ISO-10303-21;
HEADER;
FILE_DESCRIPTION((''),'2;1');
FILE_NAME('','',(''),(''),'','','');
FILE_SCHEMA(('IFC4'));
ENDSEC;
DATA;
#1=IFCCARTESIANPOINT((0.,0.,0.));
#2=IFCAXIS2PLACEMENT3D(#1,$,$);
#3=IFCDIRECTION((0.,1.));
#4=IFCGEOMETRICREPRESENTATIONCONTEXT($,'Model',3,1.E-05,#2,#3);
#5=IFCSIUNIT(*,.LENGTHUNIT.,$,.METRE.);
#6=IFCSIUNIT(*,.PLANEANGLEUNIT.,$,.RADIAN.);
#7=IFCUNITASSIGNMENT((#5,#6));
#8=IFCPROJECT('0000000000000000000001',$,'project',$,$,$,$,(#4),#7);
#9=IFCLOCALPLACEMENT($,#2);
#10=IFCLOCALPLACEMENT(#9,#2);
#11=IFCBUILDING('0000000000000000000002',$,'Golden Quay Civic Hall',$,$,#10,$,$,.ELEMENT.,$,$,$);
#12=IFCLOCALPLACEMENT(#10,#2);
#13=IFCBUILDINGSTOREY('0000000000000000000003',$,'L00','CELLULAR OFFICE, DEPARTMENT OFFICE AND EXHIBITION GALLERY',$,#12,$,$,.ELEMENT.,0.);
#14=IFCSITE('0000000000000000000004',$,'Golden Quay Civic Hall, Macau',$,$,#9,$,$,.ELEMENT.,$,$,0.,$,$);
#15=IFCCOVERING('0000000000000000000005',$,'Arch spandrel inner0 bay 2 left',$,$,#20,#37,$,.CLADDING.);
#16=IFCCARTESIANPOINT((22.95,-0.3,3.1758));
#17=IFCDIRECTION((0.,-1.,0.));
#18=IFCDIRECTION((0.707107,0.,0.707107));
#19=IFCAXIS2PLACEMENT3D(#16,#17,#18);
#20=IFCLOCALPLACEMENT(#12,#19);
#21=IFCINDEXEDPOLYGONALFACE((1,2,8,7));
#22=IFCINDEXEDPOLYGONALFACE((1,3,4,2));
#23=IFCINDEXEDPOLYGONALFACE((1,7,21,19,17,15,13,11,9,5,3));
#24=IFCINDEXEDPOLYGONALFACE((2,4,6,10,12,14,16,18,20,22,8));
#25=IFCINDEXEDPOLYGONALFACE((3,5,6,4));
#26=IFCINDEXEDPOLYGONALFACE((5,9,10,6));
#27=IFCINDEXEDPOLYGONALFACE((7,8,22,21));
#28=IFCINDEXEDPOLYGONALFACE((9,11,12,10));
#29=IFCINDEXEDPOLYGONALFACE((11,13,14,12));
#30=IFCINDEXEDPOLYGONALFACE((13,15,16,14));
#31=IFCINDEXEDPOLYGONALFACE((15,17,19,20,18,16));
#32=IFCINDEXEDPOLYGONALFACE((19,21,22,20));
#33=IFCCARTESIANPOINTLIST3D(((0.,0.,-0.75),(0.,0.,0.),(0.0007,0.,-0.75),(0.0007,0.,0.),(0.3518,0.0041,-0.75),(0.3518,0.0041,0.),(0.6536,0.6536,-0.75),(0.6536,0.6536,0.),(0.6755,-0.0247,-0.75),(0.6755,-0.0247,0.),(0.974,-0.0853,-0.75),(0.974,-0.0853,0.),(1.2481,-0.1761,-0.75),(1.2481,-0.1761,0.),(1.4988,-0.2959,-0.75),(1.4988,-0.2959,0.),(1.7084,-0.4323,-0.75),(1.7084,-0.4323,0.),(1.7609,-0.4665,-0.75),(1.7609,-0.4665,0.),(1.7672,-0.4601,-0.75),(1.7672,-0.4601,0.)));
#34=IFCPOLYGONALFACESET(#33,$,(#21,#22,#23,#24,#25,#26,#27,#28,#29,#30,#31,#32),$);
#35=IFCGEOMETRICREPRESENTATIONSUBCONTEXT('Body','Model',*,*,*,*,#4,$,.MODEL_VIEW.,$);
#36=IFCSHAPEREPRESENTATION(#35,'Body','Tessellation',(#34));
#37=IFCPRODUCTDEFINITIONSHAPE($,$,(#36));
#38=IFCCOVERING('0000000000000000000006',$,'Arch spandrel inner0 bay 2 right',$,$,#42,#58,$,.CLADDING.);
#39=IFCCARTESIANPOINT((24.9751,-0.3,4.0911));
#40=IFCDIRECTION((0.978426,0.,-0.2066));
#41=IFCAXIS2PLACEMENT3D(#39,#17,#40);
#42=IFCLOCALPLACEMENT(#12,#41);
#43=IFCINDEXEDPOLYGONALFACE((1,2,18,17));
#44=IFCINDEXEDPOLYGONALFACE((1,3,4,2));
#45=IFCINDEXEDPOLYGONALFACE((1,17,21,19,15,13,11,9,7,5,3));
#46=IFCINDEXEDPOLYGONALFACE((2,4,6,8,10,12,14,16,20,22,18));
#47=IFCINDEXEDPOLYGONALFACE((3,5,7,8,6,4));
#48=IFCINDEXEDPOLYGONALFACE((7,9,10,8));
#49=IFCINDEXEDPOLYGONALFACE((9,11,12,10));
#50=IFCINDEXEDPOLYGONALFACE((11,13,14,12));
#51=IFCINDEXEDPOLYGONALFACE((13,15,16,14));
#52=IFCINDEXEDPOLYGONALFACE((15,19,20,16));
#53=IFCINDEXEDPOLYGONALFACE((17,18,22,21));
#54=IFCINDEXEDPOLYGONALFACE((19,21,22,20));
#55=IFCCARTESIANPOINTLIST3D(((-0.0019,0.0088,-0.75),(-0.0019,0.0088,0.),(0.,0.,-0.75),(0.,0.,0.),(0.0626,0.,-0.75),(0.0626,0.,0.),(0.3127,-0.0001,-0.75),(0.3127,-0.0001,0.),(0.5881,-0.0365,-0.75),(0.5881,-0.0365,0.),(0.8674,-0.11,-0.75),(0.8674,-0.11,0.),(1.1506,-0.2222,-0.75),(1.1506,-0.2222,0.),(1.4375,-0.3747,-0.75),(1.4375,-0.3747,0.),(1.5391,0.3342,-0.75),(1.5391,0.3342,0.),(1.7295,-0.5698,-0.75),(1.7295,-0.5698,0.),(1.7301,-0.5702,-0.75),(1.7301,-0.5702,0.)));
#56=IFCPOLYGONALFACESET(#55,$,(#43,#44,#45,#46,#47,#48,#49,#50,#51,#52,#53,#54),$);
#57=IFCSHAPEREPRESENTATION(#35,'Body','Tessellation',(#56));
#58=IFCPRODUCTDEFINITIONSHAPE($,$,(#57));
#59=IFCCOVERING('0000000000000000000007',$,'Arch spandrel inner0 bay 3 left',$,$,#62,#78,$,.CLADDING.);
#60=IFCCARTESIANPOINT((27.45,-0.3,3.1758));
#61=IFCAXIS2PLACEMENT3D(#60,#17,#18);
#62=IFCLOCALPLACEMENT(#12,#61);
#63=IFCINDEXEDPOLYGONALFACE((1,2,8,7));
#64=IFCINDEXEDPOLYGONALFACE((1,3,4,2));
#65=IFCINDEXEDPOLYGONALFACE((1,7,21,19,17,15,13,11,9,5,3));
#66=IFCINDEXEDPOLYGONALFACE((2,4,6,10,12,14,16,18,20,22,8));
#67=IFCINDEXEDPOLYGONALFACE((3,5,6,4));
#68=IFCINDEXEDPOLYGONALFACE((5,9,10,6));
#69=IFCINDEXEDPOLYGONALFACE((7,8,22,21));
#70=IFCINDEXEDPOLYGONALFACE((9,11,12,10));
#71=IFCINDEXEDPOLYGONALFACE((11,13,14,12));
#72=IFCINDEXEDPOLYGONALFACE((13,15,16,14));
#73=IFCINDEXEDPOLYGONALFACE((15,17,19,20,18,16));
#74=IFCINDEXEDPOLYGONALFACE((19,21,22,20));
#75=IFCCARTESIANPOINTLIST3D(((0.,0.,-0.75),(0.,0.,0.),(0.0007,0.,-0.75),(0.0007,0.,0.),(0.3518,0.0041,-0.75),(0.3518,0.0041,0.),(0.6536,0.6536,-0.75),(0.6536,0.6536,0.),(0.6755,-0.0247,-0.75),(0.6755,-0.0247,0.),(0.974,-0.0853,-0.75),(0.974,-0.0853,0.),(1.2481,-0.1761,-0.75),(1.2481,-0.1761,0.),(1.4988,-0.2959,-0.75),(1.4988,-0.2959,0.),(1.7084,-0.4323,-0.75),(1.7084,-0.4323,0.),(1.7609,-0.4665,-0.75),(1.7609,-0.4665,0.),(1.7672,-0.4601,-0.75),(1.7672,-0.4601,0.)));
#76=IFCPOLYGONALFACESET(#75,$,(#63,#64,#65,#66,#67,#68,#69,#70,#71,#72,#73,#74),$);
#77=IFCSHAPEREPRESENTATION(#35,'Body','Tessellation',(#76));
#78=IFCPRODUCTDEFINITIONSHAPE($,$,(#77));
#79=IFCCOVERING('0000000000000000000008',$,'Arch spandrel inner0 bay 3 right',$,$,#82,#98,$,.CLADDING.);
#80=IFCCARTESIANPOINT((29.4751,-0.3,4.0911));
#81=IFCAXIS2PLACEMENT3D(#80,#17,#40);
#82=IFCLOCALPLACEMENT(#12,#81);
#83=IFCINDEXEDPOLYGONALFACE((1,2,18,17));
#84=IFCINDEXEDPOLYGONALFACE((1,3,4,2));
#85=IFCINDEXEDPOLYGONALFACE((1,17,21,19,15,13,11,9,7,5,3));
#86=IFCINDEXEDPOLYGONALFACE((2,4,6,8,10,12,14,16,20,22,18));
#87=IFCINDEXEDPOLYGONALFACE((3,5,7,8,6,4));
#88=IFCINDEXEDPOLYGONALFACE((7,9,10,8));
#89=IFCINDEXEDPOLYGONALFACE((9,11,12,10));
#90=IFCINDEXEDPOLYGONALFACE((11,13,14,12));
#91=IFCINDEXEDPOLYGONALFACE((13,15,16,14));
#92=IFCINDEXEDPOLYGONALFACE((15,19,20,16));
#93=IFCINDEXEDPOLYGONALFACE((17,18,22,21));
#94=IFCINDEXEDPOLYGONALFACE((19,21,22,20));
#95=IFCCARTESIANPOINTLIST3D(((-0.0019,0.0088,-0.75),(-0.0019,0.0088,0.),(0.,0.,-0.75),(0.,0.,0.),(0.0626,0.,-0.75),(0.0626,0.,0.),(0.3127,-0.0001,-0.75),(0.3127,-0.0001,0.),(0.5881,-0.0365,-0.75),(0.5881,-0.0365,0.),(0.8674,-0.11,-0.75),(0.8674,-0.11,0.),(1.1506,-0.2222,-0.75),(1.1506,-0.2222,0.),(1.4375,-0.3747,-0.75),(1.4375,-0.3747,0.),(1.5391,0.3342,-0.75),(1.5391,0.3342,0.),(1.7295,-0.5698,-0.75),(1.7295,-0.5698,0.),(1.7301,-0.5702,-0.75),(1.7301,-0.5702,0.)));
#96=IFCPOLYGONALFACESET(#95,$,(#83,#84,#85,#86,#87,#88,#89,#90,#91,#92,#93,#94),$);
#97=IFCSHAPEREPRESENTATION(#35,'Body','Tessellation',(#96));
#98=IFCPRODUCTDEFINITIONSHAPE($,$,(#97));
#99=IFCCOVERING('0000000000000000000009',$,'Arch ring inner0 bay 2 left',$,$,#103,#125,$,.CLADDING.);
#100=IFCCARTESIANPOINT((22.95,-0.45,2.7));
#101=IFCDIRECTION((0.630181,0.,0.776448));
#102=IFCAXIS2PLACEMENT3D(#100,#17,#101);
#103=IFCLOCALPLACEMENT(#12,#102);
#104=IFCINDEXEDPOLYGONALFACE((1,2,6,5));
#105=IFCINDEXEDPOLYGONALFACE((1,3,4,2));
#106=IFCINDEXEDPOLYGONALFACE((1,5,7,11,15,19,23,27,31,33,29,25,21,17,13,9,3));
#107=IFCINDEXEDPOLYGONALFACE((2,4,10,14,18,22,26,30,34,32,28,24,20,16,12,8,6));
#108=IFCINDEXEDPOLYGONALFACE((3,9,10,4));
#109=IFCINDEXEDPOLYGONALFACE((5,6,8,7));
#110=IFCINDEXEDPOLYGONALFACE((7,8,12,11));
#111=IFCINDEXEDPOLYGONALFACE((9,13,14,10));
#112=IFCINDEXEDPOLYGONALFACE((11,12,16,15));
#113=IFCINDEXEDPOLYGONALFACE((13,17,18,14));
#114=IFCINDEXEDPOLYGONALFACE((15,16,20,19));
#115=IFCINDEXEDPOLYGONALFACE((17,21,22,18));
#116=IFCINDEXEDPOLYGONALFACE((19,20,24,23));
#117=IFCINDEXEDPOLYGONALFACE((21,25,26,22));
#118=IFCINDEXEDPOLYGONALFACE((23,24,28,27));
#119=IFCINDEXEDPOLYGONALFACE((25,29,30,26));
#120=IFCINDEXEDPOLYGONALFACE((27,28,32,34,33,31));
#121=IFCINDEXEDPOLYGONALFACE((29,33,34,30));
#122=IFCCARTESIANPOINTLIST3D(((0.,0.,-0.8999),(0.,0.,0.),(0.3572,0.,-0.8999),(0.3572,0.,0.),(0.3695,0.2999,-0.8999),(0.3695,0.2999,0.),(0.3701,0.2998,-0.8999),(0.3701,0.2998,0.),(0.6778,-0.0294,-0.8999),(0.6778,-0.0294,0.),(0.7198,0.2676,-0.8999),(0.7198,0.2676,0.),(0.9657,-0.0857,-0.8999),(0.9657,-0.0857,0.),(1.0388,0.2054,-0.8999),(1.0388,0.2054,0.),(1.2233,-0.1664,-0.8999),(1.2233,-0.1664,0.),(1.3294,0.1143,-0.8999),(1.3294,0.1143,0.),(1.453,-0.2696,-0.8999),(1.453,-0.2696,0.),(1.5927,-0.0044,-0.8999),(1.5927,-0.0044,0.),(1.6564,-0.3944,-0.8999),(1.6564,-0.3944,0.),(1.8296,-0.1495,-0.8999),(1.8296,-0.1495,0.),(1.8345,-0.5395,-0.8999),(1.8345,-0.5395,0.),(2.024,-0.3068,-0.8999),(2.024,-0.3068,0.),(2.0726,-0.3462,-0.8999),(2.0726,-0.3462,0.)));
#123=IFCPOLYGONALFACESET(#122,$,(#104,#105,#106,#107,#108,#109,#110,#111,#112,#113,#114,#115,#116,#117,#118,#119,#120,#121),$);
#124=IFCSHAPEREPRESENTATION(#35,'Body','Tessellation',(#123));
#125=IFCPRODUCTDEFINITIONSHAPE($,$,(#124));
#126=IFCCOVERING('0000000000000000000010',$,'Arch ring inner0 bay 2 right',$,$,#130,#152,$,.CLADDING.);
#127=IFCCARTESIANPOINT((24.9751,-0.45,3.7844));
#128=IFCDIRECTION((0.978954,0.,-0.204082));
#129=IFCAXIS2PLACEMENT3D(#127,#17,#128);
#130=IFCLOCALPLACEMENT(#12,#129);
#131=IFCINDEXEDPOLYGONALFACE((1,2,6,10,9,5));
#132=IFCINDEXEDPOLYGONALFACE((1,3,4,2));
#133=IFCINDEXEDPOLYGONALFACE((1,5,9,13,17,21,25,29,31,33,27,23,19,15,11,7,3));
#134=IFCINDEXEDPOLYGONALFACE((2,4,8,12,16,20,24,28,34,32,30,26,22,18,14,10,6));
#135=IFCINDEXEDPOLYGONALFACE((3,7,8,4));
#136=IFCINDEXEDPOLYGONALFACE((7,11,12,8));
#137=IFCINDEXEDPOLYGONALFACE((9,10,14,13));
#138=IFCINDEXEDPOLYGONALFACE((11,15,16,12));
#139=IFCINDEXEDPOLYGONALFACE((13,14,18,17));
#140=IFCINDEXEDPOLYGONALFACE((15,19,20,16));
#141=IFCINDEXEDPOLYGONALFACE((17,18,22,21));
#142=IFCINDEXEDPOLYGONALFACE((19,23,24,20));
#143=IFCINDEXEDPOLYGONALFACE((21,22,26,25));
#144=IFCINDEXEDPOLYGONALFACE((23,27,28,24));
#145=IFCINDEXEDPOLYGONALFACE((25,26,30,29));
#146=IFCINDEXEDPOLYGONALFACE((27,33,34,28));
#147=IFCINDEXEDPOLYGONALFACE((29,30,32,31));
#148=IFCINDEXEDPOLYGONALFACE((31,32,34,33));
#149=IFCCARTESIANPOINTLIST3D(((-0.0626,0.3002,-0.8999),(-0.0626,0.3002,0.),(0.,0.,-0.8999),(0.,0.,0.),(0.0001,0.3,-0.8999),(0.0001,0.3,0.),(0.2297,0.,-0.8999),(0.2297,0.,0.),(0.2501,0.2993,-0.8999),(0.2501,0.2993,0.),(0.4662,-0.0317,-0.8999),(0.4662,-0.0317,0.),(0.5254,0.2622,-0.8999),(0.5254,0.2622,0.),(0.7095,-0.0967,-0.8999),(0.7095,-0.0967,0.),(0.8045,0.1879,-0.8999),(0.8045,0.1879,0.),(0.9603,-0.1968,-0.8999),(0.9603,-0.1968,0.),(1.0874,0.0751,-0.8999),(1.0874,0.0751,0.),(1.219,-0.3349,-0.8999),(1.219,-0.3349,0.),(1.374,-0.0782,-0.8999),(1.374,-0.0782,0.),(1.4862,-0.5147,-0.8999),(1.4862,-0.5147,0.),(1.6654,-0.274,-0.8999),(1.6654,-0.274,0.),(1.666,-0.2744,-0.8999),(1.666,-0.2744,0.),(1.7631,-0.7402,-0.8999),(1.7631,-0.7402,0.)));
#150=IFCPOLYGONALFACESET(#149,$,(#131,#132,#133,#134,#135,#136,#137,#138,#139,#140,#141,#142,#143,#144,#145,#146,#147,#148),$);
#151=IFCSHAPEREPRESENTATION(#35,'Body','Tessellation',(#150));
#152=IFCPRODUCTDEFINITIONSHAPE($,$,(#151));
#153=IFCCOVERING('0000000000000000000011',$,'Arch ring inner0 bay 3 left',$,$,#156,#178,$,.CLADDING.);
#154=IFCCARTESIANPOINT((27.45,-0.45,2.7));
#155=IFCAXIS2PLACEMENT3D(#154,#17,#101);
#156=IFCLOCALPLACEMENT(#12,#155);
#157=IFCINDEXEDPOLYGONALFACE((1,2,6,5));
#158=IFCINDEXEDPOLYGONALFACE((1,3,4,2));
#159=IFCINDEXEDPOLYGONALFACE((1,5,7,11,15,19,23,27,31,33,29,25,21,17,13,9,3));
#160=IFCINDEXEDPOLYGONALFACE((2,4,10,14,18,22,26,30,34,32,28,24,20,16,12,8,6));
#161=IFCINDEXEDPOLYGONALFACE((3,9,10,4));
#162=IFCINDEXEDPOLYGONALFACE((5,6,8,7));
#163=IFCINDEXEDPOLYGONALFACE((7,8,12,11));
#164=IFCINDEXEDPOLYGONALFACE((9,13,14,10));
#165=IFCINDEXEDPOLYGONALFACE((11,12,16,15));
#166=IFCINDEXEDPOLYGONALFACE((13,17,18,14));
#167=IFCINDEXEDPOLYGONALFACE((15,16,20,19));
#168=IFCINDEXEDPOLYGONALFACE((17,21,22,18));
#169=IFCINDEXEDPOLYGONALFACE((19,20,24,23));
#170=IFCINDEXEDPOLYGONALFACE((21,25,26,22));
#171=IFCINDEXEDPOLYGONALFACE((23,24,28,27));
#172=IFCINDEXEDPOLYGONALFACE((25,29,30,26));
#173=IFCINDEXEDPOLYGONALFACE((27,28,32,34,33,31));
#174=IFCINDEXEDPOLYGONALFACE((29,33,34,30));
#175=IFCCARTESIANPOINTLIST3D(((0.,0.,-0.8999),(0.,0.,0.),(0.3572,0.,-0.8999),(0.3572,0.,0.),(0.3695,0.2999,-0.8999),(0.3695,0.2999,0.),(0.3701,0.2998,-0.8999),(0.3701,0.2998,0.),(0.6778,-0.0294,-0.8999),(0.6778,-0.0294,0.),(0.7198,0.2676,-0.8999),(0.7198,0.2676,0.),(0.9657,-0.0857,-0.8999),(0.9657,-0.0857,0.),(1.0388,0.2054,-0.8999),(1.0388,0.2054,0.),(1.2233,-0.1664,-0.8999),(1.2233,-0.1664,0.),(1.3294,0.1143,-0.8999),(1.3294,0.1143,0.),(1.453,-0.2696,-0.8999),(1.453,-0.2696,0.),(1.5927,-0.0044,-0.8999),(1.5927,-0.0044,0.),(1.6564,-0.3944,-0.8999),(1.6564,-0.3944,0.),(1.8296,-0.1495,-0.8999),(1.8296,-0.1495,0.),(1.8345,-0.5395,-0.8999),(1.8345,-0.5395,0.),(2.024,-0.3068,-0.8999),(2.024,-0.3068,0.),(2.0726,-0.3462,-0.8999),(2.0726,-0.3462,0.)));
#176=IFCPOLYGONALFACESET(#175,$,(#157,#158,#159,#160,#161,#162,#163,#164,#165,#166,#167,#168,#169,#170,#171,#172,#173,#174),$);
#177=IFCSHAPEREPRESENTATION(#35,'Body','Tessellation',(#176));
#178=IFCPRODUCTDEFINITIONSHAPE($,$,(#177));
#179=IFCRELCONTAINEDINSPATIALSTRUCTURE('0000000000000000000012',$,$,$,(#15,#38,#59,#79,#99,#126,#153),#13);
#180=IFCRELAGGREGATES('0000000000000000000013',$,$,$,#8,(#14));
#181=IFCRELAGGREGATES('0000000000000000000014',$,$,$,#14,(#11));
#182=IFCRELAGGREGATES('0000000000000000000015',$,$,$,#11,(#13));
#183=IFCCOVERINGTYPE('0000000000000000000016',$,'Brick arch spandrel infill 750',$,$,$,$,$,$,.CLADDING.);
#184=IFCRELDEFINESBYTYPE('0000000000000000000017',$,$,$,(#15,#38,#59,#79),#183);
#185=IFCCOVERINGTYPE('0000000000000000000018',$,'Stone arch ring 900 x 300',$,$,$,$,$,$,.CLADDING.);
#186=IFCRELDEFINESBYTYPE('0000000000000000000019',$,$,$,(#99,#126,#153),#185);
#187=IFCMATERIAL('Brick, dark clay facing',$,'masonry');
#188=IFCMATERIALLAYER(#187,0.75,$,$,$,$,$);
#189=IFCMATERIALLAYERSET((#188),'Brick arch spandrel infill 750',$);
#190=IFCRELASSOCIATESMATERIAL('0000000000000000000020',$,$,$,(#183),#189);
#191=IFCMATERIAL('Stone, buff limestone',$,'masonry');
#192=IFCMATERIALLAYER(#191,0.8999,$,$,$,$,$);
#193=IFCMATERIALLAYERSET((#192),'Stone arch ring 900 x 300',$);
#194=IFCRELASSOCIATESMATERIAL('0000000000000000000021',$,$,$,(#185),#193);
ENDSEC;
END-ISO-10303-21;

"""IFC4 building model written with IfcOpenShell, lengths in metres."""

from ifc_helpers import new_model, si_unit, direction, frame, origin, place, context, subcontext, project, spatial, polyline, outline, extrude, material, layer, layer_set, type_object, element, save


model = new_model("IFC4")

# Units and contexts
model_context = context("Model", 3, precision=1e-05, world=origin(), true_north=direction((0.0, 1.0)))
body_context = subcontext(model_context, "Body", "Model", "MODEL_VIEW")
ifc_project = project(units=[si_unit("LENGTHUNIT", "METRE"), si_unit("PLANEANGLEUNIT", "RADIAN")], contexts=[model_context])

# Site, building, storey
site_placement = place(None, origin())
site = spatial("IfcSite", under=ifc_project, at=site_placement, Name="Golden Quay Civic Hall, Macau", CompositionType="ELEMENT", RefElevation=0.0)
building_placement = place(site_placement, origin())
building = spatial("IfcBuilding", under=site, at=building_placement, Name="Golden Quay Civic Hall", CompositionType="ELEMENT")
storey_placement = place(building_placement, origin())
storey = spatial("IfcBuildingStorey", under=building, at=storey_placement, Name="L00", Description="CELLULAR OFFICE, DEPARTMENT OFFICE AND EXHIBITION GALLERY", CompositionType="ELEMENT", Elevation=0.0)

# Coverings
ifc_material_1 = material(Name="Brick, dark clay facing", Category="masonry")
ifc_layer_1 = layer(ifc_material_1, 0.75)
ifc_layer_set_1 = layer_set([ifc_layer_1], Name="Brick arch spandrel infill 750")
covering_type_1 = type_object("IfcCoveringType", Name="Brick arch spandrel infill 750", PredefinedType="CLADDING", material=ifc_layer_set_1)
covering_1_placement = place(storey_placement, frame((22.95, -0.3, 3.1758), z_axis=(0.0, -1.0, 0.0), x_axis=(0.707107, 0.0, 0.707107)))
element("IfcCovering", 1, at=covering_1_placement, inside=storey, type_object=covering_type_1, Name="Arch spandrel inner0 bay 2 left", PredefinedType="CLADDING", context=body_context, shape_type="SweptSolid", body=[
    extrude(outline(polyline([(0.0, 0.0), (0.0007, 0.0), (0.3518, 0.0041), (0.6755, -0.0247), (0.974, -0.0853), (1.2481, -0.1761), (1.4988, -0.2959), (1.7084, -0.4323), (1.7609, -0.4665), (1.7672, -0.4601), (0.6536, 0.6536), (0.0, 0.0)])), origin(), (0.0, 0.0, -1.0), 0.75),
])
covering_2_placement = place(storey_placement, frame((24.9751, -0.3, 4.0911), z_axis=(0.0, -1.0, 0.0), x_axis=(0.978426, 0.0, -0.2066)))
element("IfcCovering", 2, at=covering_2_placement, inside=storey, type_object=covering_type_1, Name="Arch spandrel inner0 bay 2 right", PredefinedType="CLADDING", context=body_context, shape_type="SweptSolid", body=[
    extrude(outline(polyline([(0.0, 0.0), (0.0626, 0.0), (0.3127, -0.0001), (0.5881, -0.0365), (0.8674, -0.11), (1.1506, -0.2222), (1.4375, -0.3747), (1.7295, -0.5698), (1.7301, -0.5702), (1.5391, 0.3342), (-0.0019, 0.0088), (0.0, 0.0)])), origin(), (0.0, 0.0, -1.0), 0.75),
])
covering_3_placement = place(storey_placement, frame((27.45, -0.3, 3.1758), z_axis=(0.0, -1.0, 0.0), x_axis=(0.707107, 0.0, 0.707107)))
element("IfcCovering", 3, at=covering_3_placement, inside=storey, type_object=covering_type_1, Name="Arch spandrel inner0 bay 3 left", PredefinedType="CLADDING", context=body_context, shape_type="SweptSolid", body=[
    extrude(outline(polyline([(0.0, 0.0), (0.0007, 0.0), (0.3518, 0.0041), (0.6755, -0.0247), (0.974, -0.0853), (1.2481, -0.1761), (1.4988, -0.2959), (1.7084, -0.4323), (1.7609, -0.4665), (1.7672, -0.4601), (0.6536, 0.6536), (0.0, 0.0)])), origin(), (0.0, 0.0, -1.0), 0.75),
])
covering_4_placement = place(storey_placement, frame((29.4751, -0.3, 4.0911), z_axis=(0.0, -1.0, 0.0), x_axis=(0.978426, 0.0, -0.2066)))
element("IfcCovering", 4, at=covering_4_placement, inside=storey, type_object=covering_type_1, Name="Arch spandrel inner0 bay 3 right", PredefinedType="CLADDING", context=body_context, shape_type="SweptSolid", body=[
    extrude(outline(polyline([(0.0, 0.0), (0.0626, 0.0), (0.3127, -0.0001), (0.5881, -0.0365), (0.8674, -0.11), (1.1506, -0.2222), (1.4375, -0.3747), (1.7295, -0.5698), (1.7301, -0.5702), (1.5391, 0.3342), (-0.0019, 0.0088), (0.0, 0.0)])), origin(), (0.0, 0.0, -1.0), 0.75),
])
ifc_material_2 = material(Name="Stone, buff limestone", Category="masonry")
ifc_layer_2 = layer(ifc_material_2, 0.8999)
ifc_layer_set_2 = layer_set([ifc_layer_2], Name="Stone arch ring 900 x 300")
covering_type_2 = type_object("IfcCoveringType", Name="Stone arch ring 900 x 300", PredefinedType="CLADDING", material=ifc_layer_set_2)
covering_5_placement = place(storey_placement, frame((22.95, -0.45, 2.7), z_axis=(0.0, -1.0, 0.0), x_axis=(0.630181, 0.0, 0.776448)))
element("IfcCovering", 5, at=covering_5_placement, inside=storey, type_object=covering_type_2, Name="Arch ring inner0 bay 2 left", PredefinedType="CLADDING", context=body_context, shape_type="SweptSolid", body=[
    extrude(outline(polyline([(0.0, 0.0), (0.3572, 0.0), (0.6778, -0.0294), (0.9657, -0.0857), (1.2233, -0.1664), (1.453, -0.2696), (1.6564, -0.3944), (1.8345, -0.5395), (2.0726, -0.3462), (2.024, -0.3068), (1.8296, -0.1495), (1.5927, -0.0044), (1.3294, 0.1143), (1.0388, 0.2054), (0.7198, 0.2676), (0.3701, 0.2998), (0.3695, 0.2999), (0.0, 0.0)])), origin(), (0.0, 0.0, -1.0), 0.8999),
])
covering_6_placement = place(storey_placement, frame((24.9751, -0.45, 3.7844), z_axis=(0.0, -1.0, 0.0), x_axis=(0.978954, 0.0, -0.204082)))
element("IfcCovering", 6, at=covering_6_placement, inside=storey, type_object=covering_type_2, Name="Arch ring inner0 bay 2 right", PredefinedType="CLADDING", context=body_context, shape_type="SweptSolid", body=[
    extrude(outline(polyline([(0.0, 0.0), (0.2297, 0.0), (0.4662, -0.0317), (0.7095, -0.0967), (0.9603, -0.1968), (1.219, -0.3349), (1.4862, -0.5147), (1.7631, -0.7402), (1.666, -0.2744), (1.6654, -0.274), (1.374, -0.0782), (1.0874, 0.0751), (0.8045, 0.1879), (0.5254, 0.2622), (0.2501, 0.2993), (0.0001, 0.3), (-0.0626, 0.3002), (0.0, 0.0)])), origin(), (0.0, 0.0, -1.0), 0.8999),
])
covering_7_placement = place(storey_placement, frame((27.45, -0.45, 2.7), z_axis=(0.0, -1.0, 0.0), x_axis=(0.630181, 0.0, 0.776448)))
element("IfcCovering", 7, at=covering_7_placement, inside=storey, type_object=covering_type_2, Name="Arch ring inner0 bay 3 left", PredefinedType="CLADDING", context=body_context, shape_type="SweptSolid", body=[
    extrude(outline(polyline([(0.0, 0.0), (0.3572, 0.0), (0.6778, -0.0294), (0.9657, -0.0857), (1.2233, -0.1664), (1.453, -0.2696), (1.6564, -0.3944), (1.8345, -0.5395), (2.0726, -0.3462), (2.024, -0.3068), (1.8296, -0.1495), (1.5927, -0.0044), (1.3294, 0.1143), (1.0388, 0.2054), (0.7198, 0.2676), (0.3701, 0.2998), (0.3695, 0.2999), (0.0, 0.0)])), origin(), (0.0, 0.0, -1.0), 0.8999),
])

save(model, "model.ifc")
